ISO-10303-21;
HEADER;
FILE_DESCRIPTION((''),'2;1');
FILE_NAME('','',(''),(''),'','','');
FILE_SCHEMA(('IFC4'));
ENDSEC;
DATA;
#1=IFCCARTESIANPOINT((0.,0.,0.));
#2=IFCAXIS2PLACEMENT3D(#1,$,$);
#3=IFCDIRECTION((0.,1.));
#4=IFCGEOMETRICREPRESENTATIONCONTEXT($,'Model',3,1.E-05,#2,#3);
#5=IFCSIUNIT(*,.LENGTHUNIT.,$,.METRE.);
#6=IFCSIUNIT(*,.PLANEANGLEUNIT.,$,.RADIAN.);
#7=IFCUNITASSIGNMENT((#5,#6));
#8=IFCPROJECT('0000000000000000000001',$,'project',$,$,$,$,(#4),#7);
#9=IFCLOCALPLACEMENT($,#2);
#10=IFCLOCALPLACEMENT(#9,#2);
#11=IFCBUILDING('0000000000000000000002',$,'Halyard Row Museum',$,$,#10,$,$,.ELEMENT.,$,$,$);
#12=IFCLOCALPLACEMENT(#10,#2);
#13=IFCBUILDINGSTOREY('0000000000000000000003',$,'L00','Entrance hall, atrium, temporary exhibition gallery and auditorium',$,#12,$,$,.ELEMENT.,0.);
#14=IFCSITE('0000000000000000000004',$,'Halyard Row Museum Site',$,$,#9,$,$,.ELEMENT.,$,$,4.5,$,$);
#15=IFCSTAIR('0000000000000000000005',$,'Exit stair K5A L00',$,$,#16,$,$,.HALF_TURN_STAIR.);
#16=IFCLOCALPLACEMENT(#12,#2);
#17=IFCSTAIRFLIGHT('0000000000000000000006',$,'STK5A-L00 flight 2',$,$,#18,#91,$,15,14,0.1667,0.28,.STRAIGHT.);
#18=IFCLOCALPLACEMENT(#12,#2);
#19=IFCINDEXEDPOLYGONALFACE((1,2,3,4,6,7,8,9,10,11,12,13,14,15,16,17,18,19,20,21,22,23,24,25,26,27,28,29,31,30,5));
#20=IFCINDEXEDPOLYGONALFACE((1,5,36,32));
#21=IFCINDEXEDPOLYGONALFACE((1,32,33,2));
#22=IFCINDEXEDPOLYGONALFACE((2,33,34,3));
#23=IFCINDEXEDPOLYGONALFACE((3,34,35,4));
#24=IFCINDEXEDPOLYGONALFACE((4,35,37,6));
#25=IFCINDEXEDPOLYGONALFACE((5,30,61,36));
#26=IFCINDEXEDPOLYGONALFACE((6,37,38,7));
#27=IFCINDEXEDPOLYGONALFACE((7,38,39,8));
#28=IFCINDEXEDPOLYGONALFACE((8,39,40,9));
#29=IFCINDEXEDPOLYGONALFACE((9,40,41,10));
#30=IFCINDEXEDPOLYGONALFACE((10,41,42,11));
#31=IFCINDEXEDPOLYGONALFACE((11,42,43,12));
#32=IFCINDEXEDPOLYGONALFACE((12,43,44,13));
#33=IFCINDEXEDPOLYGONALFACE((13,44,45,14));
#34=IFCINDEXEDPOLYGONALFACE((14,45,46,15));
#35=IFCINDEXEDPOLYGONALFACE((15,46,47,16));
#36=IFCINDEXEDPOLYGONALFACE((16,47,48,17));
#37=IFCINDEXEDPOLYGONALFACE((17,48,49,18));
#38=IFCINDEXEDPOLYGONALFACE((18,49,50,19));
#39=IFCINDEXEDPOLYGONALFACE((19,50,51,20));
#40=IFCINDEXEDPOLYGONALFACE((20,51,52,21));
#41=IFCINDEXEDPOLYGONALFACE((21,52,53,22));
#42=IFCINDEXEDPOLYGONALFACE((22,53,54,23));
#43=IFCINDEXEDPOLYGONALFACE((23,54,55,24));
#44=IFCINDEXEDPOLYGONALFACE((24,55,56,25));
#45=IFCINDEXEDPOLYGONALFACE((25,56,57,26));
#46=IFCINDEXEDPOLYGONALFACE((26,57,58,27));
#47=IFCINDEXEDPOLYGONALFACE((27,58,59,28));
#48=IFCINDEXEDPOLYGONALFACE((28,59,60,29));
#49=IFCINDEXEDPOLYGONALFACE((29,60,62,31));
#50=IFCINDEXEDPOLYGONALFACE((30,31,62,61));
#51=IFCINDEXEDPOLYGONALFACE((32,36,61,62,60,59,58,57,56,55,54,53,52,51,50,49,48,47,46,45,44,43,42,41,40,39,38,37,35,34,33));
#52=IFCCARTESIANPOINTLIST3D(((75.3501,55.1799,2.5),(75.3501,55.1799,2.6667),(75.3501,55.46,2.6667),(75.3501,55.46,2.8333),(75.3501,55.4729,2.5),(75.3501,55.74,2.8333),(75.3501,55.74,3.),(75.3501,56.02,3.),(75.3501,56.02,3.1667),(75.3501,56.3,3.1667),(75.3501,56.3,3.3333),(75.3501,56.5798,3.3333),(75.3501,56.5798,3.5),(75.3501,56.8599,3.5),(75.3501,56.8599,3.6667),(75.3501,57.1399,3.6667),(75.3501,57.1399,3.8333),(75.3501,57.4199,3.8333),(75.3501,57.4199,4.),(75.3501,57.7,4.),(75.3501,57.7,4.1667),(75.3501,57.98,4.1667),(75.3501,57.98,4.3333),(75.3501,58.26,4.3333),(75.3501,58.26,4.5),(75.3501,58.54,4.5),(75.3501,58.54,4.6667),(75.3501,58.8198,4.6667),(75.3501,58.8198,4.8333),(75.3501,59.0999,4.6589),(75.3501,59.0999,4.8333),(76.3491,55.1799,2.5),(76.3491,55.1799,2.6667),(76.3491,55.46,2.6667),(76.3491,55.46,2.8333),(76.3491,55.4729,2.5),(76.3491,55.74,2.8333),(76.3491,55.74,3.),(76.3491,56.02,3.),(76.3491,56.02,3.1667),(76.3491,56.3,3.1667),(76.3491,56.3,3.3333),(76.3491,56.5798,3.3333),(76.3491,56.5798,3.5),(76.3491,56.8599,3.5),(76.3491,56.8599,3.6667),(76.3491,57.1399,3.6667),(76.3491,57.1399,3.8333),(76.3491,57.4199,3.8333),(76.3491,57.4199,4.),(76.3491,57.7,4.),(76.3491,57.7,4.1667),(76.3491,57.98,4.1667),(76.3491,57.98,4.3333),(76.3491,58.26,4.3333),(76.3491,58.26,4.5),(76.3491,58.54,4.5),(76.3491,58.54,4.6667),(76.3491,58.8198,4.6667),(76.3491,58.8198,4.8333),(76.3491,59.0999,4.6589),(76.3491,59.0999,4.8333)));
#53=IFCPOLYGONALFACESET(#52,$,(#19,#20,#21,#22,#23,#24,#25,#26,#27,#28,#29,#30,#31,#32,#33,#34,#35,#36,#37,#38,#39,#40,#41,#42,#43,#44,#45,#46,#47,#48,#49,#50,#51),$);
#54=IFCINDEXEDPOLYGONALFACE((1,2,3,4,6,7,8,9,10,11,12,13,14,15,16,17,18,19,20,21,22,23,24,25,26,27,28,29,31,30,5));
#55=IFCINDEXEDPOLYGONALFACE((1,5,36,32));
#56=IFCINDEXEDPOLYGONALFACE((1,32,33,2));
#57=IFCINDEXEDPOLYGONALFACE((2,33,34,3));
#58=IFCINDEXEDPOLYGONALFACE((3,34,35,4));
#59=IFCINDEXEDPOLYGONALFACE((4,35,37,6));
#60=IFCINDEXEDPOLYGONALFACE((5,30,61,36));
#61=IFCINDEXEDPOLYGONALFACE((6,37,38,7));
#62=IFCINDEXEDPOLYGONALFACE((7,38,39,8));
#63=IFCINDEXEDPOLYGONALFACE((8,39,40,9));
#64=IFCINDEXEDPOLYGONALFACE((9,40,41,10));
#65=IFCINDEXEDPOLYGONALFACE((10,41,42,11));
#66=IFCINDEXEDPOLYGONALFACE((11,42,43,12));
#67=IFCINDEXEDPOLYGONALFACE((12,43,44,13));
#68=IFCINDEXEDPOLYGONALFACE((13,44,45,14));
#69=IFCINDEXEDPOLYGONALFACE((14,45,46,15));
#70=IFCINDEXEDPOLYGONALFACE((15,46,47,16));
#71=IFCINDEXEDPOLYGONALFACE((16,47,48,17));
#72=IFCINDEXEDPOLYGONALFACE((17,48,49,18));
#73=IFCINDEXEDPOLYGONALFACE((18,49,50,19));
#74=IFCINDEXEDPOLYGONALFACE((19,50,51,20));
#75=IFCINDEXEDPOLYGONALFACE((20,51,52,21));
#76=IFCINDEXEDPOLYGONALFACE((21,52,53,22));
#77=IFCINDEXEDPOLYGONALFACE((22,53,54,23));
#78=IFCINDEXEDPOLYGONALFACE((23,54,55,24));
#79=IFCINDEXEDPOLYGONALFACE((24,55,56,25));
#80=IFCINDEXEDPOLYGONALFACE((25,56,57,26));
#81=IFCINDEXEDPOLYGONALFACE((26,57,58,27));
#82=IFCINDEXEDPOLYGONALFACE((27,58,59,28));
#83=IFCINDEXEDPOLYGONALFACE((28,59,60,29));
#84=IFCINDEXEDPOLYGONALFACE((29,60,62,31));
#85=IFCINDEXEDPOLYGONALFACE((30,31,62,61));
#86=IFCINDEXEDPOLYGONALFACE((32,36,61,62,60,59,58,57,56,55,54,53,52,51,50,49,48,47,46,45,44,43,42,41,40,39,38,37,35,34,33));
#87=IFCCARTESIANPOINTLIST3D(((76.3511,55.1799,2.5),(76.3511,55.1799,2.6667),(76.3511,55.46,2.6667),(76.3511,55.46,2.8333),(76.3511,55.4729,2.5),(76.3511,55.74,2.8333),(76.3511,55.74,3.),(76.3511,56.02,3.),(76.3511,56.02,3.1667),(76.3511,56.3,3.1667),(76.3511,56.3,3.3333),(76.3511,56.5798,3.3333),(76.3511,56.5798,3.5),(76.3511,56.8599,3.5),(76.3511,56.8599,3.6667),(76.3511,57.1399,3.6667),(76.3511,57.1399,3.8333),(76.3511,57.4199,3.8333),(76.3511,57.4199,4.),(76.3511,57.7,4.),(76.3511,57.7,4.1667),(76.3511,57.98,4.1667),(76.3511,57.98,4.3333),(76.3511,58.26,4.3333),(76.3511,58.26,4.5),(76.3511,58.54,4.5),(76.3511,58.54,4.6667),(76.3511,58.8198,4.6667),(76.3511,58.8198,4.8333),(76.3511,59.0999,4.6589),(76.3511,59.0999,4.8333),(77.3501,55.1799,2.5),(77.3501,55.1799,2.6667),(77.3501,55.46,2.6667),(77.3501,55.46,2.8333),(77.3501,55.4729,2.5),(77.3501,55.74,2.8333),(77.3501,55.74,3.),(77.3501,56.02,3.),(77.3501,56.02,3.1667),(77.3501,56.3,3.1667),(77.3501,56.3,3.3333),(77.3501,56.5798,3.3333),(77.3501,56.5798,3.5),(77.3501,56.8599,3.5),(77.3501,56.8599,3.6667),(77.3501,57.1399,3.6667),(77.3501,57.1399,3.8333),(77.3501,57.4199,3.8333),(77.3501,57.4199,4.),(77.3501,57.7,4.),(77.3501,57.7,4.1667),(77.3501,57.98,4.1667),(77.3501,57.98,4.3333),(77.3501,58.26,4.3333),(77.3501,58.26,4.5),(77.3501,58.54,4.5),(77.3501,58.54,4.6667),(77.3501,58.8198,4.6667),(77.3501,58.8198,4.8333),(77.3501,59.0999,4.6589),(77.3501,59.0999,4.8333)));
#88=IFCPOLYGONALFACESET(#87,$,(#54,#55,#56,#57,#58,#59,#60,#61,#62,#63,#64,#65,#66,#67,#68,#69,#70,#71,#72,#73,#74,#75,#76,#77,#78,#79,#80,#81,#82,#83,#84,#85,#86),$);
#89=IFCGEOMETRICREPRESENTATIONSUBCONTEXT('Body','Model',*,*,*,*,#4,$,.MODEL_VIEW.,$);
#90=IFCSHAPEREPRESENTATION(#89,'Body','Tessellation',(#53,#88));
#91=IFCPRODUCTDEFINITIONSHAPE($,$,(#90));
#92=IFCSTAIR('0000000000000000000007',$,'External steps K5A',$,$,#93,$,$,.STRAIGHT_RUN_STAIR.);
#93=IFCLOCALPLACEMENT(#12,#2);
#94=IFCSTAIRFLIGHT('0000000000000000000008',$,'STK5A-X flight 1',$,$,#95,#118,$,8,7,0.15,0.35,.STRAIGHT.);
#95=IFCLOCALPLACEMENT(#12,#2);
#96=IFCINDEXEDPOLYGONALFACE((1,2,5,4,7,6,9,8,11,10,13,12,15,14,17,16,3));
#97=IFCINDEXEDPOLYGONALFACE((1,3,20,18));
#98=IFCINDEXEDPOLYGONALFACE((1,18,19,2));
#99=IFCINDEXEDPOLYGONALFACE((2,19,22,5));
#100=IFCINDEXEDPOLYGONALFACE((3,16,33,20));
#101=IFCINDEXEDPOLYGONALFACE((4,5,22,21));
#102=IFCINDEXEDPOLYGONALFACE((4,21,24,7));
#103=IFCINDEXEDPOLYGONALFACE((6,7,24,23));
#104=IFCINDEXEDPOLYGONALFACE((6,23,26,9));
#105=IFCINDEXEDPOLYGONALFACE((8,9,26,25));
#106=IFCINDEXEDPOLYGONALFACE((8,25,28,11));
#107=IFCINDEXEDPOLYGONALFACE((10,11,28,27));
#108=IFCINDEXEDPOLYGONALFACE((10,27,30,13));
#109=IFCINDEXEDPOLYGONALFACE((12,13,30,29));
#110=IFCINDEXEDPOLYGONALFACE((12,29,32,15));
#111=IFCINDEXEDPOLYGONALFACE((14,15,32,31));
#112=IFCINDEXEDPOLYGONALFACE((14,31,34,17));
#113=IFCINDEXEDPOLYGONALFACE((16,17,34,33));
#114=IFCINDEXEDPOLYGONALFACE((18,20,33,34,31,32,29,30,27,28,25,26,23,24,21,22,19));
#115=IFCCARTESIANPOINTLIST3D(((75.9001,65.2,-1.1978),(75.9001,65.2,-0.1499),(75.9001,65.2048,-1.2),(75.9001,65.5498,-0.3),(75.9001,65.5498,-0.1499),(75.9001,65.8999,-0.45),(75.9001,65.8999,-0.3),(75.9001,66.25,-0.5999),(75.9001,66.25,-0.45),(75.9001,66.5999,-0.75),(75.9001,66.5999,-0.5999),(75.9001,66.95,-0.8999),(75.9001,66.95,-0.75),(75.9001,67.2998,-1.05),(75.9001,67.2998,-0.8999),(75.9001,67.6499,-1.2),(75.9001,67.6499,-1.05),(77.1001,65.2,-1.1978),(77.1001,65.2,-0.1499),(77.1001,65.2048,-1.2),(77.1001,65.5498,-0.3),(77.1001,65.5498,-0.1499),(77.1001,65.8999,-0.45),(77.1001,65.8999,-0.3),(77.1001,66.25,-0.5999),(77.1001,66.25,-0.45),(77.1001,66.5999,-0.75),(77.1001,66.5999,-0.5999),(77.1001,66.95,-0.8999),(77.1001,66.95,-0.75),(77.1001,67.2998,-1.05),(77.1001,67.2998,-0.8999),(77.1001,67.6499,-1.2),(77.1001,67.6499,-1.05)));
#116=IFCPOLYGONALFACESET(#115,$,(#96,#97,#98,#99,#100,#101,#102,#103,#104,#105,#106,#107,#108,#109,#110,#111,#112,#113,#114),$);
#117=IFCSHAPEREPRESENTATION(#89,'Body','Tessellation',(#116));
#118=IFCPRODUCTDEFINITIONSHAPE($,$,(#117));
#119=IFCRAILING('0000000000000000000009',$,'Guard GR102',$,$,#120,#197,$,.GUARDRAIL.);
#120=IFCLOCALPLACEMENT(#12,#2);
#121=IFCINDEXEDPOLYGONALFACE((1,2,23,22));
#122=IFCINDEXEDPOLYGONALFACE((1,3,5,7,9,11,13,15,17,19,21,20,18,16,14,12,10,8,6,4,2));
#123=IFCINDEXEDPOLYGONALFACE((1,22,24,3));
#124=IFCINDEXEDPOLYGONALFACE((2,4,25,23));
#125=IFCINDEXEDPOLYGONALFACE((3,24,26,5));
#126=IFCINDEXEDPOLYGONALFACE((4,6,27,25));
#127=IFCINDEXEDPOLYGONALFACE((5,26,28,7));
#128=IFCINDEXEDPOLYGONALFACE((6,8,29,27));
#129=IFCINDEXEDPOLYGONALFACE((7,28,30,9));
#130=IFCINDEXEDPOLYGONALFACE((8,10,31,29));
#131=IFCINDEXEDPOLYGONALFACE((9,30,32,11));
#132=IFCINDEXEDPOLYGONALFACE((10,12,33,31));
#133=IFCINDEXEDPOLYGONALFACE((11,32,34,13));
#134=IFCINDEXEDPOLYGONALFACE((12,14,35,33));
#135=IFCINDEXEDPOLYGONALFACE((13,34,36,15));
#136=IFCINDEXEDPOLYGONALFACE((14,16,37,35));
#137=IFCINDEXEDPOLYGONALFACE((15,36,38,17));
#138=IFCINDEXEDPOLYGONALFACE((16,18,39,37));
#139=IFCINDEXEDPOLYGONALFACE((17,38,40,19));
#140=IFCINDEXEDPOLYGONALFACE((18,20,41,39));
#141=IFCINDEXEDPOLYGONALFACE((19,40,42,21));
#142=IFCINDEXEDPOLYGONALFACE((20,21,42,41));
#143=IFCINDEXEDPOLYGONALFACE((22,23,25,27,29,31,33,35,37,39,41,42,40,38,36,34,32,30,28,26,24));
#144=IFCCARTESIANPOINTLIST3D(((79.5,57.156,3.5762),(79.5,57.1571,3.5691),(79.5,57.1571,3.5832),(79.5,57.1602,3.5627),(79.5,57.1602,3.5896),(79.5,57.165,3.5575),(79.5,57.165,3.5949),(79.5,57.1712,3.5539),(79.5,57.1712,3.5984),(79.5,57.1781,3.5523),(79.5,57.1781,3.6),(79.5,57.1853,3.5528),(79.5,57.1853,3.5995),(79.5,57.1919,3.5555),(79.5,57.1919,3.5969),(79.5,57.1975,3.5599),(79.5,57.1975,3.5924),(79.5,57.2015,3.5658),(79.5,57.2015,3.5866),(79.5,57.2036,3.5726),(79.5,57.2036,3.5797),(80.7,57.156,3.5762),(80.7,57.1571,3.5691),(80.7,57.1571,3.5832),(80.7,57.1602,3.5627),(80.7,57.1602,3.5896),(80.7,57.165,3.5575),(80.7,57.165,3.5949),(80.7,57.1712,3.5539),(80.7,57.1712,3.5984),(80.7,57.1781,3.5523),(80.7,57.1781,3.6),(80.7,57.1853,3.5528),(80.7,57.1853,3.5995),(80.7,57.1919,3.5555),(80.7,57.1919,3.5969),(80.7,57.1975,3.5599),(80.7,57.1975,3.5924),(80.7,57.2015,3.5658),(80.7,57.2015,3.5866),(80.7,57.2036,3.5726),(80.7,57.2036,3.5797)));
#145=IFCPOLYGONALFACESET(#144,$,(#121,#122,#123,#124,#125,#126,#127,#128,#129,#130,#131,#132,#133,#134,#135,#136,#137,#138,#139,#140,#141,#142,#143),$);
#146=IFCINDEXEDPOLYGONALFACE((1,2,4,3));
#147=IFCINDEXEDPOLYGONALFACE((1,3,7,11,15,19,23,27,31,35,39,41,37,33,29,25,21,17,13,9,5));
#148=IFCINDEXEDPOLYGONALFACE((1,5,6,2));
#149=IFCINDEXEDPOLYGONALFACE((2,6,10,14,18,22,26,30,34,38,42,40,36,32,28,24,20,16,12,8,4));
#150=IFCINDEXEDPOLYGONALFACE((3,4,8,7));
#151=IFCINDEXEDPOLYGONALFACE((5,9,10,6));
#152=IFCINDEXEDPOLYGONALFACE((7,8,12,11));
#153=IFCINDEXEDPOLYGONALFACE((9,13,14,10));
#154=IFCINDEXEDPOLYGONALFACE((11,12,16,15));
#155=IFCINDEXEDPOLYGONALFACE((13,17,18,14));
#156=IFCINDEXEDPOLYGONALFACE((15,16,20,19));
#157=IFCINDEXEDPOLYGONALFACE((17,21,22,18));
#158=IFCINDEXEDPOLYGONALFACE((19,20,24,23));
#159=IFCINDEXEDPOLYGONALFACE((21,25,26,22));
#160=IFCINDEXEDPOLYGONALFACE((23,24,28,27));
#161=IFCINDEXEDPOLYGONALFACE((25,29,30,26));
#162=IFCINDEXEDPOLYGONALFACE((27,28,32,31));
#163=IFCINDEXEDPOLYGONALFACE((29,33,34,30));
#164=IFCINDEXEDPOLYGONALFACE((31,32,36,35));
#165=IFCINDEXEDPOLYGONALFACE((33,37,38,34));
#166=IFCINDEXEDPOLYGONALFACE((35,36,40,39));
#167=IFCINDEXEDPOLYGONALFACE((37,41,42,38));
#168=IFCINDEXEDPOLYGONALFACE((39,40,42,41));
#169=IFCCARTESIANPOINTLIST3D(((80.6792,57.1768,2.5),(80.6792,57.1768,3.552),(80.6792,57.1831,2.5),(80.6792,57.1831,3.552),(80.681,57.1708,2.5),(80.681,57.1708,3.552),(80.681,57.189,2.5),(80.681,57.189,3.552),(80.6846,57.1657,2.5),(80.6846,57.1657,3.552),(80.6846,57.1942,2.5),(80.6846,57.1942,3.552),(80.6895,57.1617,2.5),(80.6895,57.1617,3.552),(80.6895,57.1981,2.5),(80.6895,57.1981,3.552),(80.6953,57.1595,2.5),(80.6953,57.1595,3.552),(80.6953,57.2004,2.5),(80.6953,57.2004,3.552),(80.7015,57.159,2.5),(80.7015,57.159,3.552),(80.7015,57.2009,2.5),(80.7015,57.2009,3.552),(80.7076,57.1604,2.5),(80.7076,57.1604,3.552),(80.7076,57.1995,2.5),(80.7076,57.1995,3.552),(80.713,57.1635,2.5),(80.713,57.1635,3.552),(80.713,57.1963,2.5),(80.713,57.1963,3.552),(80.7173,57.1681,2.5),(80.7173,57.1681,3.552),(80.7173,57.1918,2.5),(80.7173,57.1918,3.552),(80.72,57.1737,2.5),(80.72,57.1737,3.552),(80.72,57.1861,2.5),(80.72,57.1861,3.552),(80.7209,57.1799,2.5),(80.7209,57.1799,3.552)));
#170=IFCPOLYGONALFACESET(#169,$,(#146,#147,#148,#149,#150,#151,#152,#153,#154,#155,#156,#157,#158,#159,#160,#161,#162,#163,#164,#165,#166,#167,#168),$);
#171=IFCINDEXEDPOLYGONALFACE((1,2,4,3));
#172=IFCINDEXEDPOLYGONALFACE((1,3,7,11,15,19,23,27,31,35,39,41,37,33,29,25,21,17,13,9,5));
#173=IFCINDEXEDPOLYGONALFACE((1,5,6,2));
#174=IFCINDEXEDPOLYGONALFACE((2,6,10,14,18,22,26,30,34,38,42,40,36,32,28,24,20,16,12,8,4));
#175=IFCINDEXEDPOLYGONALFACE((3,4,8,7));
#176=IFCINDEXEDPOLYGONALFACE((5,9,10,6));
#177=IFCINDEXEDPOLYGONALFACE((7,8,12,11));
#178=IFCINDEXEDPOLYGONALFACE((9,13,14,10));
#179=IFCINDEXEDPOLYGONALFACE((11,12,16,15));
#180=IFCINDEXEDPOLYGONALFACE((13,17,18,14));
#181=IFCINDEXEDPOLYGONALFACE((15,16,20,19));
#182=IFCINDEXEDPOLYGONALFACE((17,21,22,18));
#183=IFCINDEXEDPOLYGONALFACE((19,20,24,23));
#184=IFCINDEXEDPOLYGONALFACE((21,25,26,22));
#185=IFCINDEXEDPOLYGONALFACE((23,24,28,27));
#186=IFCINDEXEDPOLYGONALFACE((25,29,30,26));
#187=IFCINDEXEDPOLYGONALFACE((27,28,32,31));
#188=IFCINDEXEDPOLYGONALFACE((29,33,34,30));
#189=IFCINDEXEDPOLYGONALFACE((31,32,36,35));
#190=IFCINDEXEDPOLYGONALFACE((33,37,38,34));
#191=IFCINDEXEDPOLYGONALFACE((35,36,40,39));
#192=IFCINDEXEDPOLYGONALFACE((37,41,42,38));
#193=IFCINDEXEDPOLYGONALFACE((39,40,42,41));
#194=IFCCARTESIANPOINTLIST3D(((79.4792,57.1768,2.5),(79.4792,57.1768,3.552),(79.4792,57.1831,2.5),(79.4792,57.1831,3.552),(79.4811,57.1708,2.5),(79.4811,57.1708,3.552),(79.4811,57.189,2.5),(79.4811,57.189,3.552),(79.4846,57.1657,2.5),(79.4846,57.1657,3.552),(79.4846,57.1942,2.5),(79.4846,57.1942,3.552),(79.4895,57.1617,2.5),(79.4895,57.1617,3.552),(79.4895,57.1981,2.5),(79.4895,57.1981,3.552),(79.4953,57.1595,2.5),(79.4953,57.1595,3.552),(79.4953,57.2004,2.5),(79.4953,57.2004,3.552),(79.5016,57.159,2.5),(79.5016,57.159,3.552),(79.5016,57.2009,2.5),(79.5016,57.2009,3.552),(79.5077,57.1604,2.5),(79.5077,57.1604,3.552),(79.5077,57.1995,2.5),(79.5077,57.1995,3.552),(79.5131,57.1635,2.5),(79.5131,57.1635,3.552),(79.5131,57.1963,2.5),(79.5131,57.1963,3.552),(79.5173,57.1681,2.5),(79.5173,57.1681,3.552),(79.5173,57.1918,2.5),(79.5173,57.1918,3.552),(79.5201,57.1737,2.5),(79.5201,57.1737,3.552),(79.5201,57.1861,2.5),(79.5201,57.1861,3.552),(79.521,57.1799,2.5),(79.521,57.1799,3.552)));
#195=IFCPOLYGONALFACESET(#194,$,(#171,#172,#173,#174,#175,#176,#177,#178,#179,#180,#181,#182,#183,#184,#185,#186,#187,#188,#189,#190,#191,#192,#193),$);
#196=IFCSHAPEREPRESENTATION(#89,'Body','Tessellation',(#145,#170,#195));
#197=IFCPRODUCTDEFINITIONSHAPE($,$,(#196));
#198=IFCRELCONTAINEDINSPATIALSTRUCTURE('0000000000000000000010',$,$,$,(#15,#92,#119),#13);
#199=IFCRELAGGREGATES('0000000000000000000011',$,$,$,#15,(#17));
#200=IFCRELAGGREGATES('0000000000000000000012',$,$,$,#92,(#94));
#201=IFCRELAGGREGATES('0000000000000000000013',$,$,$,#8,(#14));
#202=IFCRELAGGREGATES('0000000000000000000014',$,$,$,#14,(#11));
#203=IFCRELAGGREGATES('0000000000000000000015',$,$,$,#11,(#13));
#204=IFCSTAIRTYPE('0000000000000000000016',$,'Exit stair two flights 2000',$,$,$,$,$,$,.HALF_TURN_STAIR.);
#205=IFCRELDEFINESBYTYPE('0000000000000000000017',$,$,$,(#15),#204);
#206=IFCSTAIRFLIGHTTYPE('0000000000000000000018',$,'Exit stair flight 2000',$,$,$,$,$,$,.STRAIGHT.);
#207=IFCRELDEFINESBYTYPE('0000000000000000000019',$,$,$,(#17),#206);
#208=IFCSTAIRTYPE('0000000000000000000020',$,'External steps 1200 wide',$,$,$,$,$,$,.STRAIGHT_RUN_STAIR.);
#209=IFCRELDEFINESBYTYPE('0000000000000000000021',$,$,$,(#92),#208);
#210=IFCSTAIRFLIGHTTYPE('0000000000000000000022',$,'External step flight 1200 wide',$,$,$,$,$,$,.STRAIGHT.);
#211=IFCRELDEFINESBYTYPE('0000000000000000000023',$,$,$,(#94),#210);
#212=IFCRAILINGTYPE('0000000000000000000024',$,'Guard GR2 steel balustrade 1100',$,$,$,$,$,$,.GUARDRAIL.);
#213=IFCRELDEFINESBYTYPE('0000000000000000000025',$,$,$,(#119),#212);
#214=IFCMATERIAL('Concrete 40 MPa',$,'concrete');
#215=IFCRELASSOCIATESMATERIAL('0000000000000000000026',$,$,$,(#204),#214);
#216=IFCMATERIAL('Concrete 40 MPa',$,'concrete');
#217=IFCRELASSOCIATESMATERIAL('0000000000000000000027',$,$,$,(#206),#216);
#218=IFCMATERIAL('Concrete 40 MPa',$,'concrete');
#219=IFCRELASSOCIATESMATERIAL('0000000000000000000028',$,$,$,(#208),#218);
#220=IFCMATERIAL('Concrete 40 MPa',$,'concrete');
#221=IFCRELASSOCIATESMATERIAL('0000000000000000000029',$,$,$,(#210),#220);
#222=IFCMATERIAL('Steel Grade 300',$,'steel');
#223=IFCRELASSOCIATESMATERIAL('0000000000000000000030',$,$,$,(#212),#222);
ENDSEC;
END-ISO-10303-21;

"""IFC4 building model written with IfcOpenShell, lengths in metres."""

from ifc_helpers import new_model, si_unit, direction, frame, origin, origin_2d, place, context, subcontext, project, spatial, polyline, circle, outline, extrude, material, type_object, element, aggregate, save


model = new_model("IFC4")

# Units and contexts
model_context = context("Model", 3, precision=1e-05, world=origin(), true_north=direction((0.0, 1.0)))
body_context = subcontext(model_context, "Body", "Model", "MODEL_VIEW")
ifc_project = project(units=[si_unit("LENGTHUNIT", "METRE"), si_unit("PLANEANGLEUNIT", "RADIAN")], contexts=[model_context])

# Site, building, storey
site_placement = place(None, origin())
site = spatial("IfcSite", under=ifc_project, at=site_placement, Name="Halyard Row Museum Site", CompositionType="ELEMENT", RefElevation=4.5)
building_placement = place(site_placement, origin())
building = spatial("IfcBuilding", under=site, at=building_placement, Name="Halyard Row Museum", CompositionType="ELEMENT")
storey_placement = place(building_placement, origin())
storey = spatial("IfcBuildingStorey", under=building, at=storey_placement, Name="L00", Description="Entrance hall, atrium, temporary exhibition gallery and auditorium", CompositionType="ELEMENT", Elevation=0.0)

# Stair, stair flight
ifc_material_1 = material(Name="Concrete 40 MPa", Category="concrete")
stair_type_1 = type_object("IfcStairType", Name="Exit stair two flights 2000", PredefinedType="HALF_TURN_STAIR", material=ifc_material_1)
stair_1_placement = place(storey_placement, origin())
stair_1 = element("IfcStair", 1, at=stair_1_placement, inside=storey, type_object=stair_type_1, Name="Exit stair K5A L00", PredefinedType="HALF_TURN_STAIR")
ifc_material_2 = material(Name="Concrete 40 MPa", Category="concrete")
stair_flight_type_1 = type_object("IfcStairFlightType", Name="Exit stair flight 2000", PredefinedType="STRAIGHT", material=ifc_material_2)
stair_flight_1_placement = place(storey_placement, frame((76.3501, 55.1799, 2.5), z_axis=(0.0, 0.0, 1.0), x_axis=(0.0, 1.0, 0.0)))
stair_flight_1 = element("IfcStairFlight", 2, at=stair_flight_1_placement, type_object=stair_flight_type_1, Name="STK5A-L00 flight 2", NumberOfRisers=15, NumberOfTreads=14, PredefinedType="STRAIGHT", RiserHeight=0.1667, TreadLength=0.28, context=body_context, shape_type="SweptSolid", body=[
    extrude(outline(polyline([(0.0, 0.0), (0.0, 0.1667), (0.28, 0.1667), (0.28, 0.3333), (0.5601, 0.3333), (0.5601, 0.5), (0.8401, 0.5), (0.8401, 0.6667), (1.1201, 0.6667), (1.1201, 0.8333), (1.3999, 0.8333), (1.3999, 1.0), (1.6799, 1.0), (1.6799, 1.1667), (1.96, 1.1667), (1.96, 1.3333), (2.24, 1.3333), (2.24, 1.5), (2.52, 1.5), (2.52, 1.6667), (2.8, 1.6667), (2.8, 1.8333), (3.0801, 1.8333), (3.0801, 2.0), (3.3601, 2.0), (3.3601, 2.1667), (3.6399, 2.1667), (3.6399, 2.3333), (3.9199, 2.3333), (3.9199, 2.5), (3.9199, 2.1589), (0.293, 0.0), (0.0, 0.0)])), frame((0.0, 1.0, 0.0), z_axis=(0.0, -1.0, 0.0), x_axis=(1.0, 0.0, 0.0)), (0.0, 0.0, 1.0), 0.999),
    extrude(outline(polyline([(0.0, 0.0), (0.0, 0.1667), (0.28, 0.1667), (0.28, 0.3333), (0.5601, 0.3333), (0.5601, 0.5), (0.8401, 0.5), (0.8401, 0.6667), (1.1201, 0.6667), (1.1201, 0.8333), (1.3999, 0.8333), (1.3999, 1.0), (1.6799, 1.0), (1.6799, 1.1667), (1.96, 1.1667), (1.96, 1.3333), (2.24, 1.3333), (2.24, 1.5), (2.52, 1.5), (2.52, 1.6667), (2.8, 1.6667), (2.8, 1.8333), (3.0801, 1.8333), (3.0801, 2.0), (3.3601, 2.0), (3.3601, 2.1667), (3.6399, 2.1667), (3.6399, 2.3333), (3.9199, 2.3333), (3.9199, 2.5), (3.9199, 2.1589), (0.293, 0.0), (0.0, 0.0)])), frame((0.0, -0.001, 0.0), z_axis=(0.0, -1.0, 0.0), x_axis=(1.0, 0.0, 0.0)), (0.0, 0.0, 1.0), 0.999),
])
aggregate(stair_1, [stair_flight_1])

# Stair, stair flight
ifc_material_3 = material(Name="Concrete 40 MPa", Category="concrete")
stair_type_2 = type_object("IfcStairType", Name="External steps 1200 wide", PredefinedType="STRAIGHT_RUN_STAIR", material=ifc_material_3)
stair_2_placement = place(storey_placement, origin())
stair_2 = element("IfcStair", 3, at=stair_2_placement, inside=storey, type_object=stair_type_2, Name="External steps K5A", PredefinedType="STRAIGHT_RUN_STAIR")
ifc_material_4 = material(Name="Concrete 40 MPa", Category="concrete")
stair_flight_type_2 = type_object("IfcStairFlightType", Name="External step flight 1200 wide", PredefinedType="STRAIGHT", material=ifc_material_4)
stair_flight_2_placement = place(storey_placement, frame((76.5, 67.6499, -1.2), z_axis=(0.0, 0.0, 1.0), x_axis=(0.0, -1.0, 0.0)))
stair_flight_2 = element("IfcStairFlight", 4, at=stair_flight_2_placement, type_object=stair_flight_type_2, Name="STK5A-X flight 1", NumberOfRisers=8, NumberOfTreads=7, PredefinedType="STRAIGHT", RiserHeight=0.15, TreadLength=0.35, context=body_context, shape_type="SweptSolid", body=[
    extrude(outline(polyline([(0.0, 0.0), (0.0, 0.1499), (0.3501, 0.1499), (0.3501, 0.3), (0.7, 0.3), (0.7, 0.45), (1.05, 0.45), (1.05, 0.6001), (1.3999, 0.6001), (1.3999, 0.75), (1.75, 0.75), (1.75, 0.8999), (2.1001, 0.8999), (2.1001, 1.05), (2.45, 1.05), (2.45, 1.2), (2.45, 0.0022), (2.4451, 0.0), (0.0, 0.0)])), frame((0.0, 0.6001, 0.0), z_axis=(0.0, -1.0, 0.0), x_axis=(1.0, 0.0, 0.0)), (0.0, 0.0, 1.0), 1.2),
])
aggregate(stair_2, [stair_flight_2])

# Railing
ifc_material_5 = material(Name="Steel Grade 300", Category="steel")
railing_type_1 = type_object("IfcRailingType", Name="Guard GR2 steel balustrade 1100", PredefinedType="GUARDRAIL", material=ifc_material_5)
railing_1_placement = place(storey_placement, frame((80.7, 57.1799, 2.5)))
element("IfcRailing", 5, at=railing_1_placement, inside=storey, type_object=railing_type_1, Name="Guard GR102", PredefinedType="GUARDRAIL", context=body_context, shape_type="SweptSolid", body=[
    extrude(circle(Radius=0.0239, at=origin_2d()), frame((0.0, 0.0, 1.0762), z_axis=(-1.0, 0.0, 0.0), x_axis=(0.0, -1.0, 0.0)), (0.0, 0.0, 1.0), 1.2),
    extrude(circle(Radius=0.021, at=origin_2d()), origin(), (0.0, 0.0, 1.0), 1.052),
    extrude(circle(Radius=0.021, at=origin_2d()), frame((-1.2, 0.0, 0.0)), (0.0, 0.0, 1.0), 1.052),
])

save(model, "model.ifc")
